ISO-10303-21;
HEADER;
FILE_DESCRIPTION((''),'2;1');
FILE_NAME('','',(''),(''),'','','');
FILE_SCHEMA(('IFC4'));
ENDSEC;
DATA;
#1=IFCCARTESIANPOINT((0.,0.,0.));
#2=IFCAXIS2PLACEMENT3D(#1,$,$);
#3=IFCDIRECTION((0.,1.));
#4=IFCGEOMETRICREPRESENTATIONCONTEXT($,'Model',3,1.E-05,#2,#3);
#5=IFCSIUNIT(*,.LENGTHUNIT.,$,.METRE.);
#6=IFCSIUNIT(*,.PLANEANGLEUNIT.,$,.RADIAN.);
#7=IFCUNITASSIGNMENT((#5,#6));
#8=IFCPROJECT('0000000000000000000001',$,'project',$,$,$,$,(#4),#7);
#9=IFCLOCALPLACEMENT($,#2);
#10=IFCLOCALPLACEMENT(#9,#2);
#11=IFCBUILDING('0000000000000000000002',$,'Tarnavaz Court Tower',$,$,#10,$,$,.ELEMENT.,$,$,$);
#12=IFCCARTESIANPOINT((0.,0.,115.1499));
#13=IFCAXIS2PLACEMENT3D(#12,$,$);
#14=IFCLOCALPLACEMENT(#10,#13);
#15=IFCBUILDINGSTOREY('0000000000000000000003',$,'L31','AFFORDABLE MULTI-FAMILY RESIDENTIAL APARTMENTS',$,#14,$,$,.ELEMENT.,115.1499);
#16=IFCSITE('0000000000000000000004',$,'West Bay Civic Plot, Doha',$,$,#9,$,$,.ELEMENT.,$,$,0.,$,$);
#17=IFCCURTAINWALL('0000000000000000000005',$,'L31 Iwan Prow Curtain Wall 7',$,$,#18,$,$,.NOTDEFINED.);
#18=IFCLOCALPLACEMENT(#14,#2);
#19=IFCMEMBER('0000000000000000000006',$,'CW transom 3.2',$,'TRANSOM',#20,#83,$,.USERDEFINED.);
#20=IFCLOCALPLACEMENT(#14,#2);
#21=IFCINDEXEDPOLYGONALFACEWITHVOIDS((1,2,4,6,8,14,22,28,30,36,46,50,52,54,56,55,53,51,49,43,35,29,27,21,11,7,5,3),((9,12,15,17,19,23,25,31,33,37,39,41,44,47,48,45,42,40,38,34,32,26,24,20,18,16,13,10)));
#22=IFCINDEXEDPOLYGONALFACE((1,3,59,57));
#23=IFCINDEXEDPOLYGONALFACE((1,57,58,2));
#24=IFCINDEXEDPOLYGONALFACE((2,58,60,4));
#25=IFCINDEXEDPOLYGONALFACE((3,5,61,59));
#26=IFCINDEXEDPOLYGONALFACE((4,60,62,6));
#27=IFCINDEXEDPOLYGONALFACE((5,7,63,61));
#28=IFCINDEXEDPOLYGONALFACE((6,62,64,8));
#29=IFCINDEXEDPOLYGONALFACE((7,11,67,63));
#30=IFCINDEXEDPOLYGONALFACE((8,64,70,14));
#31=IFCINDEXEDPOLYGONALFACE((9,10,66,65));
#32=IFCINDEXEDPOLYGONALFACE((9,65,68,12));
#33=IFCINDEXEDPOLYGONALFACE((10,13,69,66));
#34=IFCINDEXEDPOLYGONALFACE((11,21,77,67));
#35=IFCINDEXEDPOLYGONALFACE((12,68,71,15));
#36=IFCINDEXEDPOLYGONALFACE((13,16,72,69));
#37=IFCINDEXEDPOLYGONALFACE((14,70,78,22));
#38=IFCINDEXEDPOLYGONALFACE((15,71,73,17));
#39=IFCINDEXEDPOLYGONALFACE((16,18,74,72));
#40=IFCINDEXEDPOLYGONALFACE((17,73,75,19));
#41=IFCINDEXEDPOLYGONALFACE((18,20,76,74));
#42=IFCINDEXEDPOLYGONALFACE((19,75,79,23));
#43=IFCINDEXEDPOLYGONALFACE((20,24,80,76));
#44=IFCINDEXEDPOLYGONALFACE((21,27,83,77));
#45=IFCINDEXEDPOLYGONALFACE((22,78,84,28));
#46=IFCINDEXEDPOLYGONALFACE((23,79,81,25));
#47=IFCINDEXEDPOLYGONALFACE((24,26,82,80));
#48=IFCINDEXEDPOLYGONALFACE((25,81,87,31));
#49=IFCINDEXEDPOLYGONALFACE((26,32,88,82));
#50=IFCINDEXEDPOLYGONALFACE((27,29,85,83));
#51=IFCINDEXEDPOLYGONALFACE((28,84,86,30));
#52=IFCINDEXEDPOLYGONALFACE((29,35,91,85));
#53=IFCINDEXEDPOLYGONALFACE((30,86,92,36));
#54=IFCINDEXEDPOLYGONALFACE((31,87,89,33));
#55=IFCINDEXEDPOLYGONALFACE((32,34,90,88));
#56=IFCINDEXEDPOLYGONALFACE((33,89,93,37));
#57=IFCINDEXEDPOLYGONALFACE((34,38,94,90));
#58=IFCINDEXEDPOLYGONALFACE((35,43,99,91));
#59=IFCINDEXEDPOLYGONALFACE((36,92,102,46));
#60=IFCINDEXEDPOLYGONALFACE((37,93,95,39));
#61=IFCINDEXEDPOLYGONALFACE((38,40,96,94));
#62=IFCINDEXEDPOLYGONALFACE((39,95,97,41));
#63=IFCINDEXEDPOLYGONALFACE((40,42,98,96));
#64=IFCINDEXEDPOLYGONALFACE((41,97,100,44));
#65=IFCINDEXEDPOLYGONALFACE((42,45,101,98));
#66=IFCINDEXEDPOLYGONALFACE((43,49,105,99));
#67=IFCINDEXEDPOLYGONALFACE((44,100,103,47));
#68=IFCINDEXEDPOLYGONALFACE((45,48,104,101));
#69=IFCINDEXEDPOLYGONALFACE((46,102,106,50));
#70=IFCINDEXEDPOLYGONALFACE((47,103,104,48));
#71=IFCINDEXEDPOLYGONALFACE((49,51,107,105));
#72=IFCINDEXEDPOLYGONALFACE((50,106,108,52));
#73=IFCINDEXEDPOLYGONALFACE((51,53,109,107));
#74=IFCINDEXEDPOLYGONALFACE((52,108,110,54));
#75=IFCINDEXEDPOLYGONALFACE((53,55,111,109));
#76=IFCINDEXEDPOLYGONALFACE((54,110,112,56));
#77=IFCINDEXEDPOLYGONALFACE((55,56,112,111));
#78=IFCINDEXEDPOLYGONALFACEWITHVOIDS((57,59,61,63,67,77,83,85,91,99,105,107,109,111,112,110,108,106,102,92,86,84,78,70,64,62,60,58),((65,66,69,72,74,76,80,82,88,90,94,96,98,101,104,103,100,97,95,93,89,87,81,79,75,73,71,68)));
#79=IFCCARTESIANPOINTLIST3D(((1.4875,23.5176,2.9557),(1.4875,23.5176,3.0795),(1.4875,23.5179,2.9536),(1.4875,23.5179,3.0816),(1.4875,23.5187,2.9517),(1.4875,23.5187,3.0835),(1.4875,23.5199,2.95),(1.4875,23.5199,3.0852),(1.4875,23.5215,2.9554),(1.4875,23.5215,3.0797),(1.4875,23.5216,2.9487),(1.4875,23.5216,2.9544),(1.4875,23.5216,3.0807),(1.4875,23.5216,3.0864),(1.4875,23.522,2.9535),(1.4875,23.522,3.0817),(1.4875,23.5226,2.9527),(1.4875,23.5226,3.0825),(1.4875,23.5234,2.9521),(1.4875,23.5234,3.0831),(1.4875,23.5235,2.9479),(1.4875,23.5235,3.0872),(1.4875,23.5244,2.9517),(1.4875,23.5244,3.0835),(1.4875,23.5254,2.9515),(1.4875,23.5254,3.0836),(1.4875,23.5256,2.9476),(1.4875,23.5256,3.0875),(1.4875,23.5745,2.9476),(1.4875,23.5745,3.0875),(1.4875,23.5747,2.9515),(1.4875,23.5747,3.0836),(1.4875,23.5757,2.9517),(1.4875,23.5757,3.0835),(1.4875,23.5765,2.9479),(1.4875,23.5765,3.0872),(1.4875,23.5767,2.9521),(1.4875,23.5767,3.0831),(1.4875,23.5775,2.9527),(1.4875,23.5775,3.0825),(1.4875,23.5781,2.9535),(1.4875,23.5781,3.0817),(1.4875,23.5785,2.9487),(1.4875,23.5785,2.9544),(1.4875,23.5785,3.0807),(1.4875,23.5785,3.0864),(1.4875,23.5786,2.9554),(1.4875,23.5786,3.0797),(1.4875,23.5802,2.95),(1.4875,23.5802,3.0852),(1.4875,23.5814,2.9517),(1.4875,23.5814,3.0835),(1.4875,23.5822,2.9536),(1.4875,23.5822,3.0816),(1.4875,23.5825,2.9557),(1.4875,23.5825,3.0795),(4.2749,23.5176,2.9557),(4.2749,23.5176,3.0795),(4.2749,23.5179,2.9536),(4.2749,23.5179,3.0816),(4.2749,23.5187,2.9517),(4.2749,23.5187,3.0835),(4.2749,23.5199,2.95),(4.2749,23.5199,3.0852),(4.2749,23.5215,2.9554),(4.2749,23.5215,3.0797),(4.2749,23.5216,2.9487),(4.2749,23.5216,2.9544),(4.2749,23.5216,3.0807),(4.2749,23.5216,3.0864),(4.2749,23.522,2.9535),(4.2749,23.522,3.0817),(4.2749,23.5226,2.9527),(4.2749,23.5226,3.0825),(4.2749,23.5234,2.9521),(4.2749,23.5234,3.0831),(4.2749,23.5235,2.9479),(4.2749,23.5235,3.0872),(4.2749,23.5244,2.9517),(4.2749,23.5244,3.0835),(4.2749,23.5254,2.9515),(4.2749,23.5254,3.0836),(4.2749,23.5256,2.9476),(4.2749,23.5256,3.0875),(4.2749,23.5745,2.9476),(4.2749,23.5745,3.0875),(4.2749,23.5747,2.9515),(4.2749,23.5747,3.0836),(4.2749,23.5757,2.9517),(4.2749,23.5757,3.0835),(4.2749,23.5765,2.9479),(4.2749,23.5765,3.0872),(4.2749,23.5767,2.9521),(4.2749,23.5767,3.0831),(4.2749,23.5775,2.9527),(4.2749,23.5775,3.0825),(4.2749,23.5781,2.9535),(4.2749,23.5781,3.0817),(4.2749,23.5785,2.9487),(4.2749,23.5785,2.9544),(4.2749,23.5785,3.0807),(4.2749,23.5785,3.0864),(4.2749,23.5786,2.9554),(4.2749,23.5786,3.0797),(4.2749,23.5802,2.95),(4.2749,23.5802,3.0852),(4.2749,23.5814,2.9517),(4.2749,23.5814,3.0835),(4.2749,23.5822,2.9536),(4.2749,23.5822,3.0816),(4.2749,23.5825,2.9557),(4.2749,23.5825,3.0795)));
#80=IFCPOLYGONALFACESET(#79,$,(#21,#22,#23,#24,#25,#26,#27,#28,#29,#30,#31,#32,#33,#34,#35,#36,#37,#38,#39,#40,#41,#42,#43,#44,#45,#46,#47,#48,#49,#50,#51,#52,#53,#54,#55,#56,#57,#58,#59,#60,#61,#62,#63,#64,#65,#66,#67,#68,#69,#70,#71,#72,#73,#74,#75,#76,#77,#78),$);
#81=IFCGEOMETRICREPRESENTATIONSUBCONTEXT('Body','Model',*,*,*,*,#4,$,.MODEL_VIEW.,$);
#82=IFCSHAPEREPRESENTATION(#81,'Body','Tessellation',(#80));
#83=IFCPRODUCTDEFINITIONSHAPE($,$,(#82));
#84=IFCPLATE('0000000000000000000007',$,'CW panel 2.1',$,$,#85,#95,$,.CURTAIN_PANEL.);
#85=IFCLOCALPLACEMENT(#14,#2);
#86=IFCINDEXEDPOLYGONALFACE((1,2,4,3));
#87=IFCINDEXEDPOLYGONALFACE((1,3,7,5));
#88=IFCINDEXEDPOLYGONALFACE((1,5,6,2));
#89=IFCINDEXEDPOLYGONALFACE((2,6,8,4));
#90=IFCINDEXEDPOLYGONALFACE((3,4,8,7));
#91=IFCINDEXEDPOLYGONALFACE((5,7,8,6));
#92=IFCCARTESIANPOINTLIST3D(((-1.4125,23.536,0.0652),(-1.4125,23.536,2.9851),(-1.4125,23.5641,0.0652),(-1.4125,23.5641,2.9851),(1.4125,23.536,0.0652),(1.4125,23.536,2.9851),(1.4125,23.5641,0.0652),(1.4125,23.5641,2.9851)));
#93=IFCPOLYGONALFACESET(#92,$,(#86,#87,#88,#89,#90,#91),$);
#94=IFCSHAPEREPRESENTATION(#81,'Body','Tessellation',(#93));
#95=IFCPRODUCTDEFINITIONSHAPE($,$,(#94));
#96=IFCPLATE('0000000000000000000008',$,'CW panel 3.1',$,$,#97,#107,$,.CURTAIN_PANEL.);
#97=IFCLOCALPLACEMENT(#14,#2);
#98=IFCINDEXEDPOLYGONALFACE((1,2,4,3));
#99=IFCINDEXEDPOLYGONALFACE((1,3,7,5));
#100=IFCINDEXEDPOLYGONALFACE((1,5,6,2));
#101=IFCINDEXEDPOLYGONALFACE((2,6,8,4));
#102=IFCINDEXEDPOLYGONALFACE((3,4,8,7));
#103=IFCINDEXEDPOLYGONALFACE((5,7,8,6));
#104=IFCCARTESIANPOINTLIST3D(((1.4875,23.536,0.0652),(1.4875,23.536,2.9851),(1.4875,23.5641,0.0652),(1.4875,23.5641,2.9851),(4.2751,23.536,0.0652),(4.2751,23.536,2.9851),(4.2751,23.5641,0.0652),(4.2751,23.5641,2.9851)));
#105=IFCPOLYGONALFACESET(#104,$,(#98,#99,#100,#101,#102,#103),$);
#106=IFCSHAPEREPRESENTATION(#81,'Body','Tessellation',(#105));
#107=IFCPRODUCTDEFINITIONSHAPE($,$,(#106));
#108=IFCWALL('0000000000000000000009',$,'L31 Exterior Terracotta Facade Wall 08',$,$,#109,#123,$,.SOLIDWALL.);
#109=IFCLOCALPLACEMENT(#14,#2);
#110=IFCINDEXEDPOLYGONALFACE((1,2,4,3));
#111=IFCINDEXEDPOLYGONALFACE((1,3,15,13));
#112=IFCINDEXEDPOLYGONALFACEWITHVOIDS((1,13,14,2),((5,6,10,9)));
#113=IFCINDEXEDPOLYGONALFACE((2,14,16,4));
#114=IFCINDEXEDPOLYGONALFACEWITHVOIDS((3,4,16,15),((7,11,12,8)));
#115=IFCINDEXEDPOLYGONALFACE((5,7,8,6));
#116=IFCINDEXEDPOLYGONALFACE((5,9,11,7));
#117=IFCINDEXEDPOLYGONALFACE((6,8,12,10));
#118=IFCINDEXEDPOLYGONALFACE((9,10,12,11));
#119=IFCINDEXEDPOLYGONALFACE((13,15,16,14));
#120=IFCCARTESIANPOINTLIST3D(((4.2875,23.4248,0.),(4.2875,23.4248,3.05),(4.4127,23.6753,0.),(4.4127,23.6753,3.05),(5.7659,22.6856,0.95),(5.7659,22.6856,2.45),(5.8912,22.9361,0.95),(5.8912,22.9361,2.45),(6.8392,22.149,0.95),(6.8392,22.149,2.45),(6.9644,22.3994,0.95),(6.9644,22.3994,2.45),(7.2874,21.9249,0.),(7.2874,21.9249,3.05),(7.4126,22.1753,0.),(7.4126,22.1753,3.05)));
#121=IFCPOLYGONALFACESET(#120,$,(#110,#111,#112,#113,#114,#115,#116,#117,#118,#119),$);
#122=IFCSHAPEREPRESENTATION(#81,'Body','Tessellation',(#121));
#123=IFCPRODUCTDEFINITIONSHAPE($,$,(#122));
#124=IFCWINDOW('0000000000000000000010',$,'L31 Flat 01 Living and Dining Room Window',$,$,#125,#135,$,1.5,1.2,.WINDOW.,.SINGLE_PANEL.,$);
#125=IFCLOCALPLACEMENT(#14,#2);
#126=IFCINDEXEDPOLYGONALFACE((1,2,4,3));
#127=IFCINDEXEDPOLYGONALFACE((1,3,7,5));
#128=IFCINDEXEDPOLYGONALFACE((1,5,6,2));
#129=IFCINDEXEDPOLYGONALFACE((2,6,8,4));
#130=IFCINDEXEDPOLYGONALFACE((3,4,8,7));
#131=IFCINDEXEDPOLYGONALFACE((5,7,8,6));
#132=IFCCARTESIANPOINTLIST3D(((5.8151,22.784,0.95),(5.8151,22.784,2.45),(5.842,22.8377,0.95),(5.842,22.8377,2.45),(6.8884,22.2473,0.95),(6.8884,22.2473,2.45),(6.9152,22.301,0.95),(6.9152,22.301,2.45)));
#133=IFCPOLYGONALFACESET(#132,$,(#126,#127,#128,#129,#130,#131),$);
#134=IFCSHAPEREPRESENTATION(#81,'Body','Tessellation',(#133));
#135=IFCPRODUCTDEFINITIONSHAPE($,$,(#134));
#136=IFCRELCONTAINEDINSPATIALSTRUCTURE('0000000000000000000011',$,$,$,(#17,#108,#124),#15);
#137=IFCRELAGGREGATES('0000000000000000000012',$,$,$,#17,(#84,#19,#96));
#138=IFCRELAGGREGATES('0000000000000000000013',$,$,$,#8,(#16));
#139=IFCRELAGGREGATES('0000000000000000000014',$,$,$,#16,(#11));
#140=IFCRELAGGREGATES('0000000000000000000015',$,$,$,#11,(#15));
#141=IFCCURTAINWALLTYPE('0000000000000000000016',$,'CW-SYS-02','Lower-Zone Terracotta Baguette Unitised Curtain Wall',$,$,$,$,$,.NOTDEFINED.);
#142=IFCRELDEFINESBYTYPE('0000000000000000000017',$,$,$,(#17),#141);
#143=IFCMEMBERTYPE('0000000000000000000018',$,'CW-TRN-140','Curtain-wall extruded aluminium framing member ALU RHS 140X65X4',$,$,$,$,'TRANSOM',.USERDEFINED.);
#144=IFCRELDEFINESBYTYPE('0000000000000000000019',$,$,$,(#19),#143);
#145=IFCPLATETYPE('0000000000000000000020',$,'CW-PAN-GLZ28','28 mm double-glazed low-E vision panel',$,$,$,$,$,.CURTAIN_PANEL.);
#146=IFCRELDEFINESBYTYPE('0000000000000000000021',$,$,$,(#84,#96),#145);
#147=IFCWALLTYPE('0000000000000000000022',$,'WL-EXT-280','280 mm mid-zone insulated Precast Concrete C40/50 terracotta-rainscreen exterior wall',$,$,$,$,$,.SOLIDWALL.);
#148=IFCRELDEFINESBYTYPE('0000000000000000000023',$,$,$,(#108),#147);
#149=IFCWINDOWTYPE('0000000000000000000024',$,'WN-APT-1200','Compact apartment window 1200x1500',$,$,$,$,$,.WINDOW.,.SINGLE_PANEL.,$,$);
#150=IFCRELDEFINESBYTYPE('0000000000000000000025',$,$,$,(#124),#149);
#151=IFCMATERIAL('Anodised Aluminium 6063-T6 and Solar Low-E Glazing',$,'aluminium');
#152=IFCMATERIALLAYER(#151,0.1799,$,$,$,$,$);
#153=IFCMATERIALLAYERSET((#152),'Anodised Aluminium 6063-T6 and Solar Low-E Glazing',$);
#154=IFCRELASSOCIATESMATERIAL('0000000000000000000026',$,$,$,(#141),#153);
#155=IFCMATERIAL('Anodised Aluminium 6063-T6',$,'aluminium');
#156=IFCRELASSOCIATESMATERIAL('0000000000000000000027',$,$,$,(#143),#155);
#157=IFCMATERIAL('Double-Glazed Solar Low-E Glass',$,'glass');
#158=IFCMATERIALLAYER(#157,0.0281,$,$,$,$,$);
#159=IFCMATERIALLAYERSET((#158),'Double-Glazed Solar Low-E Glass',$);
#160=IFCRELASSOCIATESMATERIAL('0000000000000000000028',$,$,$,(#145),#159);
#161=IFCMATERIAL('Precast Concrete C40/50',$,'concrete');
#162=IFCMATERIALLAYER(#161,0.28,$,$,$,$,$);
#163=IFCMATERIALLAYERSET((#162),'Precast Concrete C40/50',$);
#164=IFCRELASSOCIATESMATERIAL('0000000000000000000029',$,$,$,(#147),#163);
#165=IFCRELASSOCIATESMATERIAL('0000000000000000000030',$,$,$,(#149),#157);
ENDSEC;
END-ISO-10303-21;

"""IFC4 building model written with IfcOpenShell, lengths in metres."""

from ifc_helpers import new_model, si_unit, direction, frame, frame_2d, origin, origin_2d, place, context, subcontext, project, spatial, rectangle, hollow_rectangle, extrude, material, layer, layer_set, material_profile, profile_set, type_object, element, fill, aggregate, save


model = new_model("IFC4")

# Units and contexts
model_context = context("Model", 3, precision=1e-05, world=origin(), true_north=direction((0.0, 1.0)))
body_context = subcontext(model_context, "Body", "Model", "MODEL_VIEW")
ifc_project = project(units=[si_unit("LENGTHUNIT", "METRE"), si_unit("PLANEANGLEUNIT", "RADIAN")], contexts=[model_context])

# Site, building, storey
site_placement = place(None, origin())
site = spatial("IfcSite", under=ifc_project, at=site_placement, Name="West Bay Civic Plot, Doha", CompositionType="ELEMENT", RefElevation=0.0)
building_placement = place(site_placement, origin())
building = spatial("IfcBuilding", under=site, at=building_placement, Name="Tarnavaz Court Tower", CompositionType="ELEMENT")
storey_placement = place(building_placement, frame((0.0, 0.0, 115.1499)))
storey = spatial("IfcBuildingStorey", under=building, at=storey_placement, Name="L31", Description="AFFORDABLE MULTI-FAMILY RESIDENTIAL APARTMENTS", CompositionType="ELEMENT", Elevation=115.1499)

# Curtain wall, member, plates
ifc_material_1 = material(Name="Anodised Aluminium 6063-T6 and Solar Low-E Glazing", Category="aluminium")
ifc_layer_1 = layer(ifc_material_1, 0.1799)
ifc_layer_set_1 = layer_set([ifc_layer_1], Name="Anodised Aluminium 6063-T6 and Solar Low-E Glazing")
curtain_wall_type = type_object("IfcCurtainWallType", Name="CW-SYS-02", Description="Lower-Zone Terracotta Baguette Unitised Curtain Wall", PredefinedType="NOTDEFINED", material=ifc_layer_set_1)
curtain_wall_placement = place(storey_placement, origin())
curtain_wall = element("IfcCurtainWall", 1, at=curtain_wall_placement, inside=storey, type_object=curtain_wall_type, Name="L31 Iwan Prow Curtain Wall 7", PredefinedType="NOTDEFINED")
ifc_material_2 = material(Name="Anodised Aluminium 6063-T6", Category="aluminium")
ifc_material_profile_1 = material_profile(ifc_material_2, hollow_rectangle(XDim=0.0649, YDim=0.1399, WallThickness=0.0039, InnerFilletRadius=0.0039, OuterFilletRadius=0.0081, at=origin_2d()), Name="ALU RHS 140X65X4")
ifc_profile_set_1 = profile_set([ifc_material_profile_1], Name="Anodised Aluminium 6063-T6")
member_type_1 = type_object("IfcMemberType", Name="CW-TRN-140", Description="Curtain-wall extruded aluminium framing member ALU RHS 140X65X4", ElementType="TRANSOM", PredefinedType="USERDEFINED", material=ifc_profile_set_1)
member_1_placement = place(storey_placement, frame((1.4875, 23.55, 3.0176), z_axis=(1.0, 0.0, 0.0), x_axis=(0.0, 1.0, 0.0)))
member_1 = element("IfcMember", 2, at=member_1_placement, type_object=member_type_1, Name="CW transom 3.2", ObjectType="TRANSOM", PredefinedType="USERDEFINED", context=body_context, shape_type="SweptSolid", body=[
    extrude(hollow_rectangle(XDim=0.0649, YDim=0.1399, WallThickness=0.0039, InnerFilletRadius=0.0039, OuterFilletRadius=0.0081, at=origin_2d()), origin(), (0.0, 0.0, 1.0), 2.7874),
])
ifc_material_3 = material(Name="Double-Glazed Solar Low-E Glass", Category="glass")
ifc_layer_2 = layer(ifc_material_3, 0.0281)
ifc_layer_set_2 = layer_set([ifc_layer_2], Name="Double-Glazed Solar Low-E Glass")
plate_type = type_object("IfcPlateType", Name="CW-PAN-GLZ28", Description="28 mm double-glazed low-E vision panel", PredefinedType="CURTAIN_PANEL", material=ifc_layer_set_2)
plate_1_placement = place(storey_placement, frame((0.0, 23.55, 0.0652), z_axis=(0.0, 0.0, 1.0), x_axis=(1.0, 0.0, 0.0)))
plate_1 = element("IfcPlate", 3, at=plate_1_placement, type_object=plate_type, Name="CW panel 2.1", PredefinedType="CURTAIN_PANEL", context=body_context, shape_type="SweptSolid", body=[
    extrude(rectangle(XDim=2.825, YDim=0.0281, at=origin_2d()), origin(), (0.0, 0.0, 1.0), 2.9199),
])
plate_2_placement = place(storey_placement, frame((2.8813, 23.55, 0.0652), z_axis=(0.0, 0.0, 1.0), x_axis=(1.0, 0.0, 0.0)))
plate_2 = element("IfcPlate", 4, at=plate_2_placement, type_object=plate_type, Name="CW panel 3.1", PredefinedType="CURTAIN_PANEL", context=body_context, shape_type="SweptSolid", body=[
    extrude(rectangle(XDim=2.7876, YDim=0.0281, at=origin_2d()), origin(), (0.0, 0.0, 1.0), 2.9199),
])
aggregate(curtain_wall, [plate_1, member_1, plate_2])

# Wall, opening, window
ifc_material_4 = material(Name="Precast Concrete C40/50", Category="concrete")
ifc_layer_3 = layer(ifc_material_4, 0.28)
ifc_layer_set_3 = layer_set([ifc_layer_3], Name="Precast Concrete C40/50")
wall_type_1 = type_object("IfcWallType", Name="WL-EXT-280", Description="280 mm mid-zone insulated Precast Concrete C40/50 terracotta-rainscreen exterior wall", PredefinedType="SOLIDWALL", material=ifc_layer_set_3)
wall_1_placement = place(storey_placement, frame((4.3501, 23.55, 0.0), z_axis=(0.0, 0.0, 1.0), x_axis=(0.894427, -0.447214, 0.0)))
wall_1 = element("IfcWall", 5, at=wall_1_placement, inside=storey, type_object=wall_type_1, Name="L31 Exterior Terracotta Facade Wall 08", PredefinedType="SOLIDWALL", context=body_context, shape_type="SweptSolid", body=[
    extrude(rectangle(XDim=3.354, YDim=0.28, at=frame_2d((1.677, 0.0))), origin(), (0.0, 0.0, 1.0), 3.05),
])
opening_1_placement = place(wall_1_placement, frame((1.6528, 0.0, 0.95)))
opening_1 = element("IfcOpeningElement", 6, at=opening_1_placement, cuts=wall_1, PredefinedType="OPENING", context=body_context, shape_type="SweptSolid", body=[
    extrude(rectangle(XDim=1.2, YDim=1.5, at=frame_2d((0.6001, 0.75))), frame((0.0, 0.1499, 0.0), z_axis=(0.0, -1.0, 0.0), x_axis=(1.0, 0.0, 0.0)), (0.0, 0.0, 1.0), 0.3),
])
window_type_1 = type_object("IfcWindowType", Name="WN-APT-1200", Description="Compact apartment window 1200x1500", PartitioningType="SINGLE_PANEL", PredefinedType="WINDOW", material=ifc_material_3)
window_1_placement = place(opening_1_placement, origin())
window_1 = element("IfcWindow", 7, at=window_1_placement, inside=storey, type_object=window_type_1, Name="L31 Flat 01 Living and Dining Room Window", OverallHeight=1.5, OverallWidth=1.2, PartitioningType="SINGLE_PANEL", PredefinedType="WINDOW", context=body_context, shape_type="SweptSolid", body=[
    extrude(rectangle(XDim=1.2, YDim=1.5, at=frame_2d((0.6001, 0.75))), frame((0.0, 0.03, 0.0), z_axis=(0.0, -1.0, 0.0), x_axis=(1.0, 0.0, 0.0)), (0.0, 0.0, 1.0), 0.0601),
])
fill(opening_1, window_1)

save(model, "model.ifc")
